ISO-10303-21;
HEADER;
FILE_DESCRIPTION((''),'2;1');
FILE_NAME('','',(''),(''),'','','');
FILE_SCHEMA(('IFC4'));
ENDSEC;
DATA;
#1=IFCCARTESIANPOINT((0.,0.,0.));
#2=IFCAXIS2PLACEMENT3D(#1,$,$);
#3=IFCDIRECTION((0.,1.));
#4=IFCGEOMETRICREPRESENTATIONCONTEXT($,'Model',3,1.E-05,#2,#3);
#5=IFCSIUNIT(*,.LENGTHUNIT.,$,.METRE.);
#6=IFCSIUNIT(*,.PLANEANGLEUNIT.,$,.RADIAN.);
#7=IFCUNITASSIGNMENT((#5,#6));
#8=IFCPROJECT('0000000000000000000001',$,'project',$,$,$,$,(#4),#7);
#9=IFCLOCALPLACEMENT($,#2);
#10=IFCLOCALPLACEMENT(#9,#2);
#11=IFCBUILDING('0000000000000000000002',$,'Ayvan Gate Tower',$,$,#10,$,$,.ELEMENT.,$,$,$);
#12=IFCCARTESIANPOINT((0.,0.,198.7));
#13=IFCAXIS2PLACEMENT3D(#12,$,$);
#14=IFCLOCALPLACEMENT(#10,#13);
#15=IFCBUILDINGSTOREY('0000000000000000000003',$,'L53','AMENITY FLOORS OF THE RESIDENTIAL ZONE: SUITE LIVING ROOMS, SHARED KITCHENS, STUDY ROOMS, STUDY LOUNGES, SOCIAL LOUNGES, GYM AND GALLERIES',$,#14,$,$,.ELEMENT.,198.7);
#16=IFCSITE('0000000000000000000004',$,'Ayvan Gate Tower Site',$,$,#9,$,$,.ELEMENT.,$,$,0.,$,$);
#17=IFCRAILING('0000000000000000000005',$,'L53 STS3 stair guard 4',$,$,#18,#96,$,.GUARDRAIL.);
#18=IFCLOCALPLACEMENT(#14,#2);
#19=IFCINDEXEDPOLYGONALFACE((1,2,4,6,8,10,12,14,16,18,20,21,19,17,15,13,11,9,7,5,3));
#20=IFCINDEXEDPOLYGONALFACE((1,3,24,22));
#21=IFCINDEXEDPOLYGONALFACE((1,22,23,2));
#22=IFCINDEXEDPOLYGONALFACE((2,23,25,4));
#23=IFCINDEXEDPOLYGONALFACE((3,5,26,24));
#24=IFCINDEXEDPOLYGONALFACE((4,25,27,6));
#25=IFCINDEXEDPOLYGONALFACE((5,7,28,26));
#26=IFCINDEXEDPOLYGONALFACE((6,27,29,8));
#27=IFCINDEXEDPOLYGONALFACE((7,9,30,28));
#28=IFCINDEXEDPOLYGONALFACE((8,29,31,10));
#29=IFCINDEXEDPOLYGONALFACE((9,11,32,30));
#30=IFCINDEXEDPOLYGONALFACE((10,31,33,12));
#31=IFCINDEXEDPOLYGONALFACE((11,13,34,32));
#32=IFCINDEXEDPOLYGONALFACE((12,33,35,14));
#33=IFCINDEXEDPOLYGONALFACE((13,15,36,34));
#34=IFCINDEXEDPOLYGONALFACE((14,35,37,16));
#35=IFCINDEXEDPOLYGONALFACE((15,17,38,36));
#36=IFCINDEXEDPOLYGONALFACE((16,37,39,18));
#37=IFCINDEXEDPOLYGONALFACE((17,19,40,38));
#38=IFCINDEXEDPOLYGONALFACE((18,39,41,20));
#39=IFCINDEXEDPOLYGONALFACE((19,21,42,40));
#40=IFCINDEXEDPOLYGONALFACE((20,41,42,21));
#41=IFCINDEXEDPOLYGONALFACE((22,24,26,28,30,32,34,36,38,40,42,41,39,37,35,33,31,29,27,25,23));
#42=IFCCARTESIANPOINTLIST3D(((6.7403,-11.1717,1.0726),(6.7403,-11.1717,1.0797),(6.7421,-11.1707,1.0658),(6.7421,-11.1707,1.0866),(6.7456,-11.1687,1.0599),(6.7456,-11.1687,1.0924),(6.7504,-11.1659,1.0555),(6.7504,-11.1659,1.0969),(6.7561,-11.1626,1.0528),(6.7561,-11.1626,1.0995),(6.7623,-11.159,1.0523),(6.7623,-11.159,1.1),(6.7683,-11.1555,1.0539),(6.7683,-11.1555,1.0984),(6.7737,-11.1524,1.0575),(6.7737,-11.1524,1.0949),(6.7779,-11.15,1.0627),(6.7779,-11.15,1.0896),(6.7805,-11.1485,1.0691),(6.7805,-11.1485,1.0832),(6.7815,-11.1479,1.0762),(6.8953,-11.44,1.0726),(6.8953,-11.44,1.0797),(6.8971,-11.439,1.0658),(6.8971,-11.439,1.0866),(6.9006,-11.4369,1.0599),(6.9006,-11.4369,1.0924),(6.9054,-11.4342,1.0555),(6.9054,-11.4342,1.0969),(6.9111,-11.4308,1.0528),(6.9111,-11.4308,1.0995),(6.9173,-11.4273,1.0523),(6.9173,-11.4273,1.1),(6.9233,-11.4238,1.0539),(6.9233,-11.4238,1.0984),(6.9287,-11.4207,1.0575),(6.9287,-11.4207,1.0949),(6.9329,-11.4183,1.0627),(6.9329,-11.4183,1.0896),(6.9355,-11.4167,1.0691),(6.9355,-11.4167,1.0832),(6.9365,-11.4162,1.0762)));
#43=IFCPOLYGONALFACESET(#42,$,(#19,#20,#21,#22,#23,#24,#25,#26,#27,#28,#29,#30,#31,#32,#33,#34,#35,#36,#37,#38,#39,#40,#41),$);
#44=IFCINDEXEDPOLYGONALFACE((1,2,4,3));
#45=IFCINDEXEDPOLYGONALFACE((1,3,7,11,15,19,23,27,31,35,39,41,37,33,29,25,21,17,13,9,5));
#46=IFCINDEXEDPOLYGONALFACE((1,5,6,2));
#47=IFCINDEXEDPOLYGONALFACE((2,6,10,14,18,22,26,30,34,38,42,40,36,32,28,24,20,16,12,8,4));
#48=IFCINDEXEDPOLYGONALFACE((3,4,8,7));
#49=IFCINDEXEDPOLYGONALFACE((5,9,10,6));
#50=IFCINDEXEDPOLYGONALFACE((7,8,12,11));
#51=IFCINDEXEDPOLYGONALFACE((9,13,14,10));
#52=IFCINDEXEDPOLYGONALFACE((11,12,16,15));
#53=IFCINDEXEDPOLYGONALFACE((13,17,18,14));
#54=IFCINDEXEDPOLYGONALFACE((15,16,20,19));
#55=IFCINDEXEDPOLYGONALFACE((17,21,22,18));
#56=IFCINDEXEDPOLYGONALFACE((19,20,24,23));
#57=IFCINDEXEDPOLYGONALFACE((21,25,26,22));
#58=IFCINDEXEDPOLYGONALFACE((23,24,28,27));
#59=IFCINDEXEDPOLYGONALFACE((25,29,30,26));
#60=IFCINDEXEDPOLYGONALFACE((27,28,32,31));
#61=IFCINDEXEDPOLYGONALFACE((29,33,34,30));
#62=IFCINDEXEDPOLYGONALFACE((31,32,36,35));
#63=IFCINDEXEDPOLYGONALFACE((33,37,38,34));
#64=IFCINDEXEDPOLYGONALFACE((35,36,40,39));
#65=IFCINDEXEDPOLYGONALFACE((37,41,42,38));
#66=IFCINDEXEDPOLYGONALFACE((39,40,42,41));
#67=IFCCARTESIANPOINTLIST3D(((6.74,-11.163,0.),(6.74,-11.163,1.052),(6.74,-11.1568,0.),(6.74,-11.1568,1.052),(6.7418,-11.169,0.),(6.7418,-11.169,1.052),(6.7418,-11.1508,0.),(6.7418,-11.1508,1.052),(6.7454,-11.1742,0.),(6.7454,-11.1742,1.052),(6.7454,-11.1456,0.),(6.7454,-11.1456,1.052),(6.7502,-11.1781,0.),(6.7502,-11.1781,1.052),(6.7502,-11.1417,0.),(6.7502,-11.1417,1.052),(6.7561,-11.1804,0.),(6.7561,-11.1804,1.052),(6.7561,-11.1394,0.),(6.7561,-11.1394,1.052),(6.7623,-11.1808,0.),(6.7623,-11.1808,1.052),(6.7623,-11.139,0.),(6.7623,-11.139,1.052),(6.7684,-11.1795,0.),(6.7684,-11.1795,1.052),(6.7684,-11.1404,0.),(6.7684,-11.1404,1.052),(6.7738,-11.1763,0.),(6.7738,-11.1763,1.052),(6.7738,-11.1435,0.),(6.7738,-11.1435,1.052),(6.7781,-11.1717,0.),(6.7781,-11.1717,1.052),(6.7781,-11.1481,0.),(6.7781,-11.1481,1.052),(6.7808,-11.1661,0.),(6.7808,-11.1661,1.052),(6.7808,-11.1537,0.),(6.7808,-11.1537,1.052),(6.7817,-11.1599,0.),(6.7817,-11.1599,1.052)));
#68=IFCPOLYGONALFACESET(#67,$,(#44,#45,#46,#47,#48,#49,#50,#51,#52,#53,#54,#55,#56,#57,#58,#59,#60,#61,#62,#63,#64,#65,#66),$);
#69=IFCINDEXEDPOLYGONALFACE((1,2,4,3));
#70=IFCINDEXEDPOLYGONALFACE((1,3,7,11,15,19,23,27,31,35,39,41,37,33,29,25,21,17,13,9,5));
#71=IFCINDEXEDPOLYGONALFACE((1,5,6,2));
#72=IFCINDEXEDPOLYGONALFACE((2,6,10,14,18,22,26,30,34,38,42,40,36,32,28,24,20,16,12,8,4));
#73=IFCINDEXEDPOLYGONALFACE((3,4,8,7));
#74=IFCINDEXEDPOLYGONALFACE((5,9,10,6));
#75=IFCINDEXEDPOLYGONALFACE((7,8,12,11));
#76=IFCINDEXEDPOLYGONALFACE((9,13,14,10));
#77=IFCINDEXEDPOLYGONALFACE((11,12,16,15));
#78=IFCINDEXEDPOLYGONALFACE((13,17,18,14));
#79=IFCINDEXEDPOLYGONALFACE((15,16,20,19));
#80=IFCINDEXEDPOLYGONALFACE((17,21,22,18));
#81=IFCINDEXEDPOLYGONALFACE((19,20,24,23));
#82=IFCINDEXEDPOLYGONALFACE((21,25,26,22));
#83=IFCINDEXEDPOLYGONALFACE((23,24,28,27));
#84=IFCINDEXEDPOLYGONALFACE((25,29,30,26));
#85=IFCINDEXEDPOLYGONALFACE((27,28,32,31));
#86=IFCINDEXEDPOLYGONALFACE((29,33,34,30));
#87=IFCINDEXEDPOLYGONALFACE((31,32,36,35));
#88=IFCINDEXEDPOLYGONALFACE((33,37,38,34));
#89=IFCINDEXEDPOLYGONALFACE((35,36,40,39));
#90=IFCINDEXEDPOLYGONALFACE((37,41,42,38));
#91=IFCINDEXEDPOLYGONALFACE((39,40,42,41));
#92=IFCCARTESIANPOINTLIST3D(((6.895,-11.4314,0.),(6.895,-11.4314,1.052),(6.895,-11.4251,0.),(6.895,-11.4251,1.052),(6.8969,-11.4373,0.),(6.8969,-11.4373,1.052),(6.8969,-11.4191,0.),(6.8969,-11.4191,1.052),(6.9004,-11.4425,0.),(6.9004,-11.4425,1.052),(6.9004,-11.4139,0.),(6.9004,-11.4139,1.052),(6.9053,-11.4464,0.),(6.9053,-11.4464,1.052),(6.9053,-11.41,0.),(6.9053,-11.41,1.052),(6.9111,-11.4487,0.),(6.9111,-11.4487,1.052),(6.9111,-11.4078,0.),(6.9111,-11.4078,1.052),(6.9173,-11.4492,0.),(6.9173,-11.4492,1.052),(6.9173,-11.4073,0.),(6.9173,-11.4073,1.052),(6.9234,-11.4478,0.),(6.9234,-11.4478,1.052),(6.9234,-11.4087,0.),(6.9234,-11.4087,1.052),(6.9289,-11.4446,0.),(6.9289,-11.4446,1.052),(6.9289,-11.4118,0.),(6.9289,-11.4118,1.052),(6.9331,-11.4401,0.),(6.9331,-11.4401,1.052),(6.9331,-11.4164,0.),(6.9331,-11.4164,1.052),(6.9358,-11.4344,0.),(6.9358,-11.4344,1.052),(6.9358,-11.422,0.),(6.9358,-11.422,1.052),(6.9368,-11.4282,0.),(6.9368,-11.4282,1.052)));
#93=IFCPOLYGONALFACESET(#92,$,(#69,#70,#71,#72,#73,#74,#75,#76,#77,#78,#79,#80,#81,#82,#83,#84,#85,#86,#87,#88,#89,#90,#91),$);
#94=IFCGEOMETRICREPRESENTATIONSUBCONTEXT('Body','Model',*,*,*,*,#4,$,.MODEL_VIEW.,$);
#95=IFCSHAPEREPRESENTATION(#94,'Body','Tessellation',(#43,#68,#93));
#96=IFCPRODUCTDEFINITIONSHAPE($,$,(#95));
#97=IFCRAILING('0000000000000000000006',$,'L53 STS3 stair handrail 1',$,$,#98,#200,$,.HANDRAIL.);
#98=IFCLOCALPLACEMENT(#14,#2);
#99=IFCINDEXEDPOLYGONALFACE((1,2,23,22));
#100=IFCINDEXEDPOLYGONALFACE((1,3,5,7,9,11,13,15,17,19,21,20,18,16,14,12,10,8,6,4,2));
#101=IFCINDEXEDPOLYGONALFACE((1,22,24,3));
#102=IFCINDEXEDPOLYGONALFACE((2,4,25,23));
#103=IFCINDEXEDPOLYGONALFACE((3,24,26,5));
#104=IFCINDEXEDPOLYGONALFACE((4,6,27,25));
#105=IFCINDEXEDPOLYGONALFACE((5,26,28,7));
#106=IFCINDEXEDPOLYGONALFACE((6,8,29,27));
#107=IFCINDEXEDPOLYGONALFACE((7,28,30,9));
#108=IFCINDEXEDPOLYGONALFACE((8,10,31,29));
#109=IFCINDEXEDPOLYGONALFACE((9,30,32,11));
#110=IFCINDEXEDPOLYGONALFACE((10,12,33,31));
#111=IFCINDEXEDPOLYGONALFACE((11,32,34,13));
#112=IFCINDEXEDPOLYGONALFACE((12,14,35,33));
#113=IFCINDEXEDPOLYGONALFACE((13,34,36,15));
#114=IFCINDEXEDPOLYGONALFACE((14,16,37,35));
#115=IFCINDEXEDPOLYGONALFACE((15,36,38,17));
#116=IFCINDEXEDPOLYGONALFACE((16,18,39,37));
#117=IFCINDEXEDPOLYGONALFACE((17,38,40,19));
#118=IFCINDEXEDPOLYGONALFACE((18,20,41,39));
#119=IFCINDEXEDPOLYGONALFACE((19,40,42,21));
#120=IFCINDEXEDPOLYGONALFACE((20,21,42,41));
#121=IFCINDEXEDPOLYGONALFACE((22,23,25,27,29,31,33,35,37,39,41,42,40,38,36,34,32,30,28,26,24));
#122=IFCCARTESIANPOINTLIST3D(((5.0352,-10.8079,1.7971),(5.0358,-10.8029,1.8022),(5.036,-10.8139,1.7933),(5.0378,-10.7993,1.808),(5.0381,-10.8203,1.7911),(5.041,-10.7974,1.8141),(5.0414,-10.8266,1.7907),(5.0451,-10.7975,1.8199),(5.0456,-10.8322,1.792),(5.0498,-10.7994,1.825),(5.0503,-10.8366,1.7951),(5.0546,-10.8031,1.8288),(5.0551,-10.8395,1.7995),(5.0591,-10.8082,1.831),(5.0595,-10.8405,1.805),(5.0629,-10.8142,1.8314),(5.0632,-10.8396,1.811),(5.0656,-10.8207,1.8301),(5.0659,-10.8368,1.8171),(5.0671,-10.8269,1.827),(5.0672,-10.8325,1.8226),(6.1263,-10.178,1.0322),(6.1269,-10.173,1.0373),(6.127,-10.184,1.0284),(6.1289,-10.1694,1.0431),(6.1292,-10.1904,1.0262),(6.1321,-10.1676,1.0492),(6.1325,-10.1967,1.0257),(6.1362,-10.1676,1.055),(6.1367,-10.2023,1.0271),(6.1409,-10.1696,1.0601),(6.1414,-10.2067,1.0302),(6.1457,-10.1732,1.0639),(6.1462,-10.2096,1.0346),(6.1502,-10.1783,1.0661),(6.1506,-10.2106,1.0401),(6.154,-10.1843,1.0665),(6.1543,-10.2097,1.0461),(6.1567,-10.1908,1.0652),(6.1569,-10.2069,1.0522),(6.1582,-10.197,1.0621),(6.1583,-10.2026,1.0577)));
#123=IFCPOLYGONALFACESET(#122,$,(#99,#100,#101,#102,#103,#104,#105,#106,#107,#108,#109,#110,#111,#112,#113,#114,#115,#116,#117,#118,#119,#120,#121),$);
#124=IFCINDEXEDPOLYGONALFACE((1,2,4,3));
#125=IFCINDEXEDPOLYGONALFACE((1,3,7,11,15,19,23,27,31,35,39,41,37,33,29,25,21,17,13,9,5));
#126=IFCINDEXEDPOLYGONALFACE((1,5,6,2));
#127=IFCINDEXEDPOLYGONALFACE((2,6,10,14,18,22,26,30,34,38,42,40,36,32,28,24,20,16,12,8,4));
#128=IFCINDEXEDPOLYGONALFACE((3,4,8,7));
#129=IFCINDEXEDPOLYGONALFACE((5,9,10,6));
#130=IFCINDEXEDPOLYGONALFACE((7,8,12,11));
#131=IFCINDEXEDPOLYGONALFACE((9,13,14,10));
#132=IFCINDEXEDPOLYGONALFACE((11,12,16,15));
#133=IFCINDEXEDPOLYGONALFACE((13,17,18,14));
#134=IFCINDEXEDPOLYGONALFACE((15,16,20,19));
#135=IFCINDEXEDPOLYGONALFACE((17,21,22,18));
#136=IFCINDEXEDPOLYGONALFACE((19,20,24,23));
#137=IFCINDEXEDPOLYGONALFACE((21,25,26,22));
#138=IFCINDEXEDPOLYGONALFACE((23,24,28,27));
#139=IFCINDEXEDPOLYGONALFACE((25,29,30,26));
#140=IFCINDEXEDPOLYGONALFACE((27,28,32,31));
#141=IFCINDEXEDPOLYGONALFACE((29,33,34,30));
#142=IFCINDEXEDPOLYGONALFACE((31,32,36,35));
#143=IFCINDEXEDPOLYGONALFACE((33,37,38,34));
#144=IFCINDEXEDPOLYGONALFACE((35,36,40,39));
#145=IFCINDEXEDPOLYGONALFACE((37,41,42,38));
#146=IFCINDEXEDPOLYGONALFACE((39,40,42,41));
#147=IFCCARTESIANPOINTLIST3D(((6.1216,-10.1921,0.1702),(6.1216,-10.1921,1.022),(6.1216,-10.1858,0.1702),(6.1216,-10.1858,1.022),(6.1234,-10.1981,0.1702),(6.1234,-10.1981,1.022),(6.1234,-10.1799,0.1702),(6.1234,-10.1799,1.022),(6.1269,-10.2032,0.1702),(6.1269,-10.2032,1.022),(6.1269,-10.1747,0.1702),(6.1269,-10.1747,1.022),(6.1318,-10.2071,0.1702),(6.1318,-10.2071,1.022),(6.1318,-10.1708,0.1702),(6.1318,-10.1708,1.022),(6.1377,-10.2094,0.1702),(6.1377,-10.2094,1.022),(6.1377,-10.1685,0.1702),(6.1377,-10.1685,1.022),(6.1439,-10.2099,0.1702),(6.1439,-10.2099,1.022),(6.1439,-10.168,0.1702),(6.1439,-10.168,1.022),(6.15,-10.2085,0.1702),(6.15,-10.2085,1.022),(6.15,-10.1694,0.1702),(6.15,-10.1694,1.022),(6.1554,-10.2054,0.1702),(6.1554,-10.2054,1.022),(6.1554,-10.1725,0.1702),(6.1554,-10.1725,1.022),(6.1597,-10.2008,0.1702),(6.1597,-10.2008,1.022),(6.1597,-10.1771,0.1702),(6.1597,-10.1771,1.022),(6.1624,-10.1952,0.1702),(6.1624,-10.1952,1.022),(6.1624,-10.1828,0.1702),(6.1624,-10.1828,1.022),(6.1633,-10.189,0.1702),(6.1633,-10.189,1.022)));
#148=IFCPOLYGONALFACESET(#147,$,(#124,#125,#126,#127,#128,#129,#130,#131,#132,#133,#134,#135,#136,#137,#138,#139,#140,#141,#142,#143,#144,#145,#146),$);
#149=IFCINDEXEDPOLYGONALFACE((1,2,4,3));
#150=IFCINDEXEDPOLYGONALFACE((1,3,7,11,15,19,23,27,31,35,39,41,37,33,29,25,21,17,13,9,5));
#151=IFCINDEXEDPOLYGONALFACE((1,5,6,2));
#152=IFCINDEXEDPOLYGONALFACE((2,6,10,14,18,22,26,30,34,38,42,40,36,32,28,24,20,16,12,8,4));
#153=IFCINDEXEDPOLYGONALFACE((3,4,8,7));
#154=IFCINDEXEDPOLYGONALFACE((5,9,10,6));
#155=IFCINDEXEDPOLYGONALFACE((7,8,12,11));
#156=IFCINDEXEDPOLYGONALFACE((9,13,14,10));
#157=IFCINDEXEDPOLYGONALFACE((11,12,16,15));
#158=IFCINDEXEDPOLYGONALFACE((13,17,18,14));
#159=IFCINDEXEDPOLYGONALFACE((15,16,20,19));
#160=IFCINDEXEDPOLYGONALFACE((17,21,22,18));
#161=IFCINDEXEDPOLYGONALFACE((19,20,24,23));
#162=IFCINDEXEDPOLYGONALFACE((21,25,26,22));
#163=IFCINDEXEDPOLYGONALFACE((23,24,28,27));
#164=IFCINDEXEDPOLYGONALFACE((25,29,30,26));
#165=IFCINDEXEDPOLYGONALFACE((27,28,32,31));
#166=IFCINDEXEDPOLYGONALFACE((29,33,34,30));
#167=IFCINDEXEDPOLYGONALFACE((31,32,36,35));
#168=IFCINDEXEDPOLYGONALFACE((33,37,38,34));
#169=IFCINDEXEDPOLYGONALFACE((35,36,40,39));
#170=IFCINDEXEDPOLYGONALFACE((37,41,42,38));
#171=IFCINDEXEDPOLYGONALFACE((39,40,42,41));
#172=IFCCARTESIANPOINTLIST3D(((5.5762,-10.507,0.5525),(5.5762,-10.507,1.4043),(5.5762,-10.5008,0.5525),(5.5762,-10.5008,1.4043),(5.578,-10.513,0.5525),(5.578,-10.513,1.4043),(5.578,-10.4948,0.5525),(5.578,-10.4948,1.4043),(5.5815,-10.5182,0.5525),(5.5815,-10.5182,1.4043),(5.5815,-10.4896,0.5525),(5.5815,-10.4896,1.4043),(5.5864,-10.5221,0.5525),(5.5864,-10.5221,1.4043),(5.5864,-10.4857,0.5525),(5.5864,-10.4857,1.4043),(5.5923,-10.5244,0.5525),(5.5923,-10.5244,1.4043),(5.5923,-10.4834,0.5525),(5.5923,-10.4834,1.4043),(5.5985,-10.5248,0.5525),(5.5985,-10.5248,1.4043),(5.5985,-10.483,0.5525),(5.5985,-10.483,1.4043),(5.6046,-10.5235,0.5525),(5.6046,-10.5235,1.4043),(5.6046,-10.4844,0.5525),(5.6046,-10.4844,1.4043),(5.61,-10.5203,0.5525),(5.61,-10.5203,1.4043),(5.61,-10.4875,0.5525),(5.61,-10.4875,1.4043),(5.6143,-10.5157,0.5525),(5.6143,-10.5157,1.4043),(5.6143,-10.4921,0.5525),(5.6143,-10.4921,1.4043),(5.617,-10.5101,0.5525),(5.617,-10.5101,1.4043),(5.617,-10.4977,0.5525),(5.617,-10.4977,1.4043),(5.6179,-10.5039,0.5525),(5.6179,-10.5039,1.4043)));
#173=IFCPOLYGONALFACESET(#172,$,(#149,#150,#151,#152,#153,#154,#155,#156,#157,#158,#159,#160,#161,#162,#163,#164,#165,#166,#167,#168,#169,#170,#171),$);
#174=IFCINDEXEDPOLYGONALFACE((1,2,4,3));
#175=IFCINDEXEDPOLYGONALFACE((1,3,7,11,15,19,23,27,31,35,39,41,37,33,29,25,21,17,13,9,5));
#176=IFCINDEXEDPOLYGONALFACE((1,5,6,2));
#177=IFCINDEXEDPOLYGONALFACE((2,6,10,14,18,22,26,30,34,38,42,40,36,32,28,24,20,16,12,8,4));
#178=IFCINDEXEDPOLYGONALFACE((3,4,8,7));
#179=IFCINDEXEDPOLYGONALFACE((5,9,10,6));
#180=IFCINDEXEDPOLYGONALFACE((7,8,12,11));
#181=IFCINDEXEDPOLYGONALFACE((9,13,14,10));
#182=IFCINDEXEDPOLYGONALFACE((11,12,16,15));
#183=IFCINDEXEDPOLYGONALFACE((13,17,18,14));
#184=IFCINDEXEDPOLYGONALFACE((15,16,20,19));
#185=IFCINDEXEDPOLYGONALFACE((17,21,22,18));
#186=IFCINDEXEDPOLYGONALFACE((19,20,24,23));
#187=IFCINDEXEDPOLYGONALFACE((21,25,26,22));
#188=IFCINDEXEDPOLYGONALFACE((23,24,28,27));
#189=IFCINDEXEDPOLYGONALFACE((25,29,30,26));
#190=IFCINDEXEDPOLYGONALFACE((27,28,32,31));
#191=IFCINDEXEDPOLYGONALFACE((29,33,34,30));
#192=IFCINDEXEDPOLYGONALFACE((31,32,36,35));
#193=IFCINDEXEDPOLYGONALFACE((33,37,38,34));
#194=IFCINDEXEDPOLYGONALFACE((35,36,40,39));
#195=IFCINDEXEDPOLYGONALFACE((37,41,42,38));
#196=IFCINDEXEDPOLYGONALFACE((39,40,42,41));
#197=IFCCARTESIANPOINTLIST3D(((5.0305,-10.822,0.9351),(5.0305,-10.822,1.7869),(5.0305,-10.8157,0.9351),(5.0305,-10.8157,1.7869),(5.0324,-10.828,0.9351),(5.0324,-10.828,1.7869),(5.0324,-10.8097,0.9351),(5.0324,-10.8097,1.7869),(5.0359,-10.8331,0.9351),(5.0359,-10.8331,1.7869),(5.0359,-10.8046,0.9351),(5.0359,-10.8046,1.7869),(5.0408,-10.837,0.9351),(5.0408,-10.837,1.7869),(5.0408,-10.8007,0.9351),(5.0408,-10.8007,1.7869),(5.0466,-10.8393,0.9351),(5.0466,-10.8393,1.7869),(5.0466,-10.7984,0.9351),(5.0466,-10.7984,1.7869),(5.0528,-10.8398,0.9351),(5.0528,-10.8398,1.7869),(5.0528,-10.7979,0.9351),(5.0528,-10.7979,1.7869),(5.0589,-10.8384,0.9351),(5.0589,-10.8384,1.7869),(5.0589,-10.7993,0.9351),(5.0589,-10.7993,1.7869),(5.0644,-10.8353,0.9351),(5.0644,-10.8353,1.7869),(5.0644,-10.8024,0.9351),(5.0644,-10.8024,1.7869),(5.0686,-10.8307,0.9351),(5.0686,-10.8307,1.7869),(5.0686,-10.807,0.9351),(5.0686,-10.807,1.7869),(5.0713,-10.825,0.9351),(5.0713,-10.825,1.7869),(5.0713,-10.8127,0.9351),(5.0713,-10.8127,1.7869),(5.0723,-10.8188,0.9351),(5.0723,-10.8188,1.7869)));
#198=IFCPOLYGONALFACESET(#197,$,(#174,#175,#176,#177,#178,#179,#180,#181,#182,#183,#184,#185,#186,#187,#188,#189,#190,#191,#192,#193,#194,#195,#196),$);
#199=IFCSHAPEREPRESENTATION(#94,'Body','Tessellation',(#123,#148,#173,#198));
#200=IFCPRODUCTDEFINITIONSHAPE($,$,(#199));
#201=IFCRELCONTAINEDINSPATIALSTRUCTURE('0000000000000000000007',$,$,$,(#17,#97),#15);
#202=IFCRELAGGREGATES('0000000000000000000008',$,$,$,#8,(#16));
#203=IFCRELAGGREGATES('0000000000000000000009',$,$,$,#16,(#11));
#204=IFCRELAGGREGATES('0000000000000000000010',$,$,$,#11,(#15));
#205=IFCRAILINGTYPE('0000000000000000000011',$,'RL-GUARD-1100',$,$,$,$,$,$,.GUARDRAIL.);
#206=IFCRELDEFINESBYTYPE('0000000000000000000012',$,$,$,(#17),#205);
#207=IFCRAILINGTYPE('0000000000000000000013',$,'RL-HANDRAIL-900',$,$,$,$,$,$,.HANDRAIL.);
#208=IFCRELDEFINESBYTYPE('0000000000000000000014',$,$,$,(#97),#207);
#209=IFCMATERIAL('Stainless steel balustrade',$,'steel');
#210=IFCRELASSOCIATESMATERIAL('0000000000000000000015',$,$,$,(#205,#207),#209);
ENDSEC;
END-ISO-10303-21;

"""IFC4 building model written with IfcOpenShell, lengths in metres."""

from ifc_helpers import new_model, si_unit, direction, frame, origin, origin_2d, place, context, subcontext, project, spatial, circle, extrude, material, type_object, element, save


model = new_model("IFC4")

# Units and contexts
model_context = context("Model", 3, precision=1e-05, world=origin(), true_north=direction((0.0, 1.0)))
body_context = subcontext(model_context, "Body", "Model", "MODEL_VIEW")
ifc_project = project(units=[si_unit("LENGTHUNIT", "METRE"), si_unit("PLANEANGLEUNIT", "RADIAN")], contexts=[model_context])

# Site, building, storey
site_placement = place(None, origin())
site = spatial("IfcSite", under=ifc_project, at=site_placement, Name="Ayvan Gate Tower Site", CompositionType="ELEMENT", RefElevation=0.0)
building_placement = place(site_placement, origin())
building = spatial("IfcBuilding", under=site, at=building_placement, Name="Ayvan Gate Tower", CompositionType="ELEMENT")
storey_placement = place(building_placement, frame((0.0, 0.0, 198.7)))
storey = spatial("IfcBuildingStorey", under=building, at=storey_placement, Name="L53", Description="AMENITY FLOORS OF THE RESIDENTIAL ZONE: SUITE LIVING ROOMS, SHARED KITCHENS, STUDY ROOMS, STUDY LOUNGES, SOCIAL LOUNGES, GYM AND GALLERIES", CompositionType="ELEMENT", Elevation=198.7)

# Railings
ifc_material_1 = material(Name="Stainless steel balustrade", Category="steel")
railing_type_1 = type_object("IfcRailingType", Name="RL-GUARD-1100", PredefinedType="GUARDRAIL", material=ifc_material_1)
railing_1_placement = place(storey_placement, frame((6.7607, -11.1599, 0.0)))
element("IfcRailing", 1, at=railing_1_placement, inside=storey, type_object=railing_type_1, Name="L53 STS3 stair guard 4", PredefinedType="GUARDRAIL", context=body_context, shape_type="SweptSolid", body=[
    extrude(circle(Radius=0.0239, at=origin_2d()), frame((0.0, 0.0, 1.0762), z_axis=(0.500291, -0.865857, 0.0), x_axis=(0.865857, 0.500291, 0.0)), (0.0, 0.0, 1.0), 0.3098),
    extrude(circle(Radius=0.021, at=origin_2d()), origin(), (0.0, 0.0, 1.0), 1.052),
    extrude(circle(Radius=0.021, at=origin_2d()), frame((0.155, -0.2683, 0.0)), (0.0, 0.0, 1.0), 1.052),
])
railing_type_2 = type_object("IfcRailingType", Name="RL-HANDRAIL-900", PredefinedType="HANDRAIL", material=ifc_material_1)
railing_2_placement = place(storey_placement, frame((6.1423, -10.189, 0.1702)))
element("IfcRailing", 2, at=railing_2_placement, inside=storey, type_object=railing_type_2, Name="L53 STS3 stair handrail 1", PredefinedType="HANDRAIL", context=body_context, shape_type="SweptSolid", body=[
    extrude(circle(Radius=0.0239, at=origin_2d()), frame((0.0, 0.0, 0.876), z_axis=(-0.740282, -0.427372, 0.518976), x_axis=(0.499974, -0.86604, 0.0)), (0.0, 0.0, 1.0), 1.4739),
    extrude(circle(Radius=0.021, at=origin_2d()), origin(), (0.0, 0.0, 1.0), 0.8518),
    extrude(circle(Radius=0.021, at=origin_2d()), frame((-0.5454, -0.3149, 0.3823)), (0.0, 0.0, 1.0), 0.8518),
    extrude(circle(Radius=0.021, at=origin_2d()), frame((-1.0911, -0.6299, 0.7649)), (0.0, 0.0, 1.0), 0.8518),
])

save(model, "model.ifc")
